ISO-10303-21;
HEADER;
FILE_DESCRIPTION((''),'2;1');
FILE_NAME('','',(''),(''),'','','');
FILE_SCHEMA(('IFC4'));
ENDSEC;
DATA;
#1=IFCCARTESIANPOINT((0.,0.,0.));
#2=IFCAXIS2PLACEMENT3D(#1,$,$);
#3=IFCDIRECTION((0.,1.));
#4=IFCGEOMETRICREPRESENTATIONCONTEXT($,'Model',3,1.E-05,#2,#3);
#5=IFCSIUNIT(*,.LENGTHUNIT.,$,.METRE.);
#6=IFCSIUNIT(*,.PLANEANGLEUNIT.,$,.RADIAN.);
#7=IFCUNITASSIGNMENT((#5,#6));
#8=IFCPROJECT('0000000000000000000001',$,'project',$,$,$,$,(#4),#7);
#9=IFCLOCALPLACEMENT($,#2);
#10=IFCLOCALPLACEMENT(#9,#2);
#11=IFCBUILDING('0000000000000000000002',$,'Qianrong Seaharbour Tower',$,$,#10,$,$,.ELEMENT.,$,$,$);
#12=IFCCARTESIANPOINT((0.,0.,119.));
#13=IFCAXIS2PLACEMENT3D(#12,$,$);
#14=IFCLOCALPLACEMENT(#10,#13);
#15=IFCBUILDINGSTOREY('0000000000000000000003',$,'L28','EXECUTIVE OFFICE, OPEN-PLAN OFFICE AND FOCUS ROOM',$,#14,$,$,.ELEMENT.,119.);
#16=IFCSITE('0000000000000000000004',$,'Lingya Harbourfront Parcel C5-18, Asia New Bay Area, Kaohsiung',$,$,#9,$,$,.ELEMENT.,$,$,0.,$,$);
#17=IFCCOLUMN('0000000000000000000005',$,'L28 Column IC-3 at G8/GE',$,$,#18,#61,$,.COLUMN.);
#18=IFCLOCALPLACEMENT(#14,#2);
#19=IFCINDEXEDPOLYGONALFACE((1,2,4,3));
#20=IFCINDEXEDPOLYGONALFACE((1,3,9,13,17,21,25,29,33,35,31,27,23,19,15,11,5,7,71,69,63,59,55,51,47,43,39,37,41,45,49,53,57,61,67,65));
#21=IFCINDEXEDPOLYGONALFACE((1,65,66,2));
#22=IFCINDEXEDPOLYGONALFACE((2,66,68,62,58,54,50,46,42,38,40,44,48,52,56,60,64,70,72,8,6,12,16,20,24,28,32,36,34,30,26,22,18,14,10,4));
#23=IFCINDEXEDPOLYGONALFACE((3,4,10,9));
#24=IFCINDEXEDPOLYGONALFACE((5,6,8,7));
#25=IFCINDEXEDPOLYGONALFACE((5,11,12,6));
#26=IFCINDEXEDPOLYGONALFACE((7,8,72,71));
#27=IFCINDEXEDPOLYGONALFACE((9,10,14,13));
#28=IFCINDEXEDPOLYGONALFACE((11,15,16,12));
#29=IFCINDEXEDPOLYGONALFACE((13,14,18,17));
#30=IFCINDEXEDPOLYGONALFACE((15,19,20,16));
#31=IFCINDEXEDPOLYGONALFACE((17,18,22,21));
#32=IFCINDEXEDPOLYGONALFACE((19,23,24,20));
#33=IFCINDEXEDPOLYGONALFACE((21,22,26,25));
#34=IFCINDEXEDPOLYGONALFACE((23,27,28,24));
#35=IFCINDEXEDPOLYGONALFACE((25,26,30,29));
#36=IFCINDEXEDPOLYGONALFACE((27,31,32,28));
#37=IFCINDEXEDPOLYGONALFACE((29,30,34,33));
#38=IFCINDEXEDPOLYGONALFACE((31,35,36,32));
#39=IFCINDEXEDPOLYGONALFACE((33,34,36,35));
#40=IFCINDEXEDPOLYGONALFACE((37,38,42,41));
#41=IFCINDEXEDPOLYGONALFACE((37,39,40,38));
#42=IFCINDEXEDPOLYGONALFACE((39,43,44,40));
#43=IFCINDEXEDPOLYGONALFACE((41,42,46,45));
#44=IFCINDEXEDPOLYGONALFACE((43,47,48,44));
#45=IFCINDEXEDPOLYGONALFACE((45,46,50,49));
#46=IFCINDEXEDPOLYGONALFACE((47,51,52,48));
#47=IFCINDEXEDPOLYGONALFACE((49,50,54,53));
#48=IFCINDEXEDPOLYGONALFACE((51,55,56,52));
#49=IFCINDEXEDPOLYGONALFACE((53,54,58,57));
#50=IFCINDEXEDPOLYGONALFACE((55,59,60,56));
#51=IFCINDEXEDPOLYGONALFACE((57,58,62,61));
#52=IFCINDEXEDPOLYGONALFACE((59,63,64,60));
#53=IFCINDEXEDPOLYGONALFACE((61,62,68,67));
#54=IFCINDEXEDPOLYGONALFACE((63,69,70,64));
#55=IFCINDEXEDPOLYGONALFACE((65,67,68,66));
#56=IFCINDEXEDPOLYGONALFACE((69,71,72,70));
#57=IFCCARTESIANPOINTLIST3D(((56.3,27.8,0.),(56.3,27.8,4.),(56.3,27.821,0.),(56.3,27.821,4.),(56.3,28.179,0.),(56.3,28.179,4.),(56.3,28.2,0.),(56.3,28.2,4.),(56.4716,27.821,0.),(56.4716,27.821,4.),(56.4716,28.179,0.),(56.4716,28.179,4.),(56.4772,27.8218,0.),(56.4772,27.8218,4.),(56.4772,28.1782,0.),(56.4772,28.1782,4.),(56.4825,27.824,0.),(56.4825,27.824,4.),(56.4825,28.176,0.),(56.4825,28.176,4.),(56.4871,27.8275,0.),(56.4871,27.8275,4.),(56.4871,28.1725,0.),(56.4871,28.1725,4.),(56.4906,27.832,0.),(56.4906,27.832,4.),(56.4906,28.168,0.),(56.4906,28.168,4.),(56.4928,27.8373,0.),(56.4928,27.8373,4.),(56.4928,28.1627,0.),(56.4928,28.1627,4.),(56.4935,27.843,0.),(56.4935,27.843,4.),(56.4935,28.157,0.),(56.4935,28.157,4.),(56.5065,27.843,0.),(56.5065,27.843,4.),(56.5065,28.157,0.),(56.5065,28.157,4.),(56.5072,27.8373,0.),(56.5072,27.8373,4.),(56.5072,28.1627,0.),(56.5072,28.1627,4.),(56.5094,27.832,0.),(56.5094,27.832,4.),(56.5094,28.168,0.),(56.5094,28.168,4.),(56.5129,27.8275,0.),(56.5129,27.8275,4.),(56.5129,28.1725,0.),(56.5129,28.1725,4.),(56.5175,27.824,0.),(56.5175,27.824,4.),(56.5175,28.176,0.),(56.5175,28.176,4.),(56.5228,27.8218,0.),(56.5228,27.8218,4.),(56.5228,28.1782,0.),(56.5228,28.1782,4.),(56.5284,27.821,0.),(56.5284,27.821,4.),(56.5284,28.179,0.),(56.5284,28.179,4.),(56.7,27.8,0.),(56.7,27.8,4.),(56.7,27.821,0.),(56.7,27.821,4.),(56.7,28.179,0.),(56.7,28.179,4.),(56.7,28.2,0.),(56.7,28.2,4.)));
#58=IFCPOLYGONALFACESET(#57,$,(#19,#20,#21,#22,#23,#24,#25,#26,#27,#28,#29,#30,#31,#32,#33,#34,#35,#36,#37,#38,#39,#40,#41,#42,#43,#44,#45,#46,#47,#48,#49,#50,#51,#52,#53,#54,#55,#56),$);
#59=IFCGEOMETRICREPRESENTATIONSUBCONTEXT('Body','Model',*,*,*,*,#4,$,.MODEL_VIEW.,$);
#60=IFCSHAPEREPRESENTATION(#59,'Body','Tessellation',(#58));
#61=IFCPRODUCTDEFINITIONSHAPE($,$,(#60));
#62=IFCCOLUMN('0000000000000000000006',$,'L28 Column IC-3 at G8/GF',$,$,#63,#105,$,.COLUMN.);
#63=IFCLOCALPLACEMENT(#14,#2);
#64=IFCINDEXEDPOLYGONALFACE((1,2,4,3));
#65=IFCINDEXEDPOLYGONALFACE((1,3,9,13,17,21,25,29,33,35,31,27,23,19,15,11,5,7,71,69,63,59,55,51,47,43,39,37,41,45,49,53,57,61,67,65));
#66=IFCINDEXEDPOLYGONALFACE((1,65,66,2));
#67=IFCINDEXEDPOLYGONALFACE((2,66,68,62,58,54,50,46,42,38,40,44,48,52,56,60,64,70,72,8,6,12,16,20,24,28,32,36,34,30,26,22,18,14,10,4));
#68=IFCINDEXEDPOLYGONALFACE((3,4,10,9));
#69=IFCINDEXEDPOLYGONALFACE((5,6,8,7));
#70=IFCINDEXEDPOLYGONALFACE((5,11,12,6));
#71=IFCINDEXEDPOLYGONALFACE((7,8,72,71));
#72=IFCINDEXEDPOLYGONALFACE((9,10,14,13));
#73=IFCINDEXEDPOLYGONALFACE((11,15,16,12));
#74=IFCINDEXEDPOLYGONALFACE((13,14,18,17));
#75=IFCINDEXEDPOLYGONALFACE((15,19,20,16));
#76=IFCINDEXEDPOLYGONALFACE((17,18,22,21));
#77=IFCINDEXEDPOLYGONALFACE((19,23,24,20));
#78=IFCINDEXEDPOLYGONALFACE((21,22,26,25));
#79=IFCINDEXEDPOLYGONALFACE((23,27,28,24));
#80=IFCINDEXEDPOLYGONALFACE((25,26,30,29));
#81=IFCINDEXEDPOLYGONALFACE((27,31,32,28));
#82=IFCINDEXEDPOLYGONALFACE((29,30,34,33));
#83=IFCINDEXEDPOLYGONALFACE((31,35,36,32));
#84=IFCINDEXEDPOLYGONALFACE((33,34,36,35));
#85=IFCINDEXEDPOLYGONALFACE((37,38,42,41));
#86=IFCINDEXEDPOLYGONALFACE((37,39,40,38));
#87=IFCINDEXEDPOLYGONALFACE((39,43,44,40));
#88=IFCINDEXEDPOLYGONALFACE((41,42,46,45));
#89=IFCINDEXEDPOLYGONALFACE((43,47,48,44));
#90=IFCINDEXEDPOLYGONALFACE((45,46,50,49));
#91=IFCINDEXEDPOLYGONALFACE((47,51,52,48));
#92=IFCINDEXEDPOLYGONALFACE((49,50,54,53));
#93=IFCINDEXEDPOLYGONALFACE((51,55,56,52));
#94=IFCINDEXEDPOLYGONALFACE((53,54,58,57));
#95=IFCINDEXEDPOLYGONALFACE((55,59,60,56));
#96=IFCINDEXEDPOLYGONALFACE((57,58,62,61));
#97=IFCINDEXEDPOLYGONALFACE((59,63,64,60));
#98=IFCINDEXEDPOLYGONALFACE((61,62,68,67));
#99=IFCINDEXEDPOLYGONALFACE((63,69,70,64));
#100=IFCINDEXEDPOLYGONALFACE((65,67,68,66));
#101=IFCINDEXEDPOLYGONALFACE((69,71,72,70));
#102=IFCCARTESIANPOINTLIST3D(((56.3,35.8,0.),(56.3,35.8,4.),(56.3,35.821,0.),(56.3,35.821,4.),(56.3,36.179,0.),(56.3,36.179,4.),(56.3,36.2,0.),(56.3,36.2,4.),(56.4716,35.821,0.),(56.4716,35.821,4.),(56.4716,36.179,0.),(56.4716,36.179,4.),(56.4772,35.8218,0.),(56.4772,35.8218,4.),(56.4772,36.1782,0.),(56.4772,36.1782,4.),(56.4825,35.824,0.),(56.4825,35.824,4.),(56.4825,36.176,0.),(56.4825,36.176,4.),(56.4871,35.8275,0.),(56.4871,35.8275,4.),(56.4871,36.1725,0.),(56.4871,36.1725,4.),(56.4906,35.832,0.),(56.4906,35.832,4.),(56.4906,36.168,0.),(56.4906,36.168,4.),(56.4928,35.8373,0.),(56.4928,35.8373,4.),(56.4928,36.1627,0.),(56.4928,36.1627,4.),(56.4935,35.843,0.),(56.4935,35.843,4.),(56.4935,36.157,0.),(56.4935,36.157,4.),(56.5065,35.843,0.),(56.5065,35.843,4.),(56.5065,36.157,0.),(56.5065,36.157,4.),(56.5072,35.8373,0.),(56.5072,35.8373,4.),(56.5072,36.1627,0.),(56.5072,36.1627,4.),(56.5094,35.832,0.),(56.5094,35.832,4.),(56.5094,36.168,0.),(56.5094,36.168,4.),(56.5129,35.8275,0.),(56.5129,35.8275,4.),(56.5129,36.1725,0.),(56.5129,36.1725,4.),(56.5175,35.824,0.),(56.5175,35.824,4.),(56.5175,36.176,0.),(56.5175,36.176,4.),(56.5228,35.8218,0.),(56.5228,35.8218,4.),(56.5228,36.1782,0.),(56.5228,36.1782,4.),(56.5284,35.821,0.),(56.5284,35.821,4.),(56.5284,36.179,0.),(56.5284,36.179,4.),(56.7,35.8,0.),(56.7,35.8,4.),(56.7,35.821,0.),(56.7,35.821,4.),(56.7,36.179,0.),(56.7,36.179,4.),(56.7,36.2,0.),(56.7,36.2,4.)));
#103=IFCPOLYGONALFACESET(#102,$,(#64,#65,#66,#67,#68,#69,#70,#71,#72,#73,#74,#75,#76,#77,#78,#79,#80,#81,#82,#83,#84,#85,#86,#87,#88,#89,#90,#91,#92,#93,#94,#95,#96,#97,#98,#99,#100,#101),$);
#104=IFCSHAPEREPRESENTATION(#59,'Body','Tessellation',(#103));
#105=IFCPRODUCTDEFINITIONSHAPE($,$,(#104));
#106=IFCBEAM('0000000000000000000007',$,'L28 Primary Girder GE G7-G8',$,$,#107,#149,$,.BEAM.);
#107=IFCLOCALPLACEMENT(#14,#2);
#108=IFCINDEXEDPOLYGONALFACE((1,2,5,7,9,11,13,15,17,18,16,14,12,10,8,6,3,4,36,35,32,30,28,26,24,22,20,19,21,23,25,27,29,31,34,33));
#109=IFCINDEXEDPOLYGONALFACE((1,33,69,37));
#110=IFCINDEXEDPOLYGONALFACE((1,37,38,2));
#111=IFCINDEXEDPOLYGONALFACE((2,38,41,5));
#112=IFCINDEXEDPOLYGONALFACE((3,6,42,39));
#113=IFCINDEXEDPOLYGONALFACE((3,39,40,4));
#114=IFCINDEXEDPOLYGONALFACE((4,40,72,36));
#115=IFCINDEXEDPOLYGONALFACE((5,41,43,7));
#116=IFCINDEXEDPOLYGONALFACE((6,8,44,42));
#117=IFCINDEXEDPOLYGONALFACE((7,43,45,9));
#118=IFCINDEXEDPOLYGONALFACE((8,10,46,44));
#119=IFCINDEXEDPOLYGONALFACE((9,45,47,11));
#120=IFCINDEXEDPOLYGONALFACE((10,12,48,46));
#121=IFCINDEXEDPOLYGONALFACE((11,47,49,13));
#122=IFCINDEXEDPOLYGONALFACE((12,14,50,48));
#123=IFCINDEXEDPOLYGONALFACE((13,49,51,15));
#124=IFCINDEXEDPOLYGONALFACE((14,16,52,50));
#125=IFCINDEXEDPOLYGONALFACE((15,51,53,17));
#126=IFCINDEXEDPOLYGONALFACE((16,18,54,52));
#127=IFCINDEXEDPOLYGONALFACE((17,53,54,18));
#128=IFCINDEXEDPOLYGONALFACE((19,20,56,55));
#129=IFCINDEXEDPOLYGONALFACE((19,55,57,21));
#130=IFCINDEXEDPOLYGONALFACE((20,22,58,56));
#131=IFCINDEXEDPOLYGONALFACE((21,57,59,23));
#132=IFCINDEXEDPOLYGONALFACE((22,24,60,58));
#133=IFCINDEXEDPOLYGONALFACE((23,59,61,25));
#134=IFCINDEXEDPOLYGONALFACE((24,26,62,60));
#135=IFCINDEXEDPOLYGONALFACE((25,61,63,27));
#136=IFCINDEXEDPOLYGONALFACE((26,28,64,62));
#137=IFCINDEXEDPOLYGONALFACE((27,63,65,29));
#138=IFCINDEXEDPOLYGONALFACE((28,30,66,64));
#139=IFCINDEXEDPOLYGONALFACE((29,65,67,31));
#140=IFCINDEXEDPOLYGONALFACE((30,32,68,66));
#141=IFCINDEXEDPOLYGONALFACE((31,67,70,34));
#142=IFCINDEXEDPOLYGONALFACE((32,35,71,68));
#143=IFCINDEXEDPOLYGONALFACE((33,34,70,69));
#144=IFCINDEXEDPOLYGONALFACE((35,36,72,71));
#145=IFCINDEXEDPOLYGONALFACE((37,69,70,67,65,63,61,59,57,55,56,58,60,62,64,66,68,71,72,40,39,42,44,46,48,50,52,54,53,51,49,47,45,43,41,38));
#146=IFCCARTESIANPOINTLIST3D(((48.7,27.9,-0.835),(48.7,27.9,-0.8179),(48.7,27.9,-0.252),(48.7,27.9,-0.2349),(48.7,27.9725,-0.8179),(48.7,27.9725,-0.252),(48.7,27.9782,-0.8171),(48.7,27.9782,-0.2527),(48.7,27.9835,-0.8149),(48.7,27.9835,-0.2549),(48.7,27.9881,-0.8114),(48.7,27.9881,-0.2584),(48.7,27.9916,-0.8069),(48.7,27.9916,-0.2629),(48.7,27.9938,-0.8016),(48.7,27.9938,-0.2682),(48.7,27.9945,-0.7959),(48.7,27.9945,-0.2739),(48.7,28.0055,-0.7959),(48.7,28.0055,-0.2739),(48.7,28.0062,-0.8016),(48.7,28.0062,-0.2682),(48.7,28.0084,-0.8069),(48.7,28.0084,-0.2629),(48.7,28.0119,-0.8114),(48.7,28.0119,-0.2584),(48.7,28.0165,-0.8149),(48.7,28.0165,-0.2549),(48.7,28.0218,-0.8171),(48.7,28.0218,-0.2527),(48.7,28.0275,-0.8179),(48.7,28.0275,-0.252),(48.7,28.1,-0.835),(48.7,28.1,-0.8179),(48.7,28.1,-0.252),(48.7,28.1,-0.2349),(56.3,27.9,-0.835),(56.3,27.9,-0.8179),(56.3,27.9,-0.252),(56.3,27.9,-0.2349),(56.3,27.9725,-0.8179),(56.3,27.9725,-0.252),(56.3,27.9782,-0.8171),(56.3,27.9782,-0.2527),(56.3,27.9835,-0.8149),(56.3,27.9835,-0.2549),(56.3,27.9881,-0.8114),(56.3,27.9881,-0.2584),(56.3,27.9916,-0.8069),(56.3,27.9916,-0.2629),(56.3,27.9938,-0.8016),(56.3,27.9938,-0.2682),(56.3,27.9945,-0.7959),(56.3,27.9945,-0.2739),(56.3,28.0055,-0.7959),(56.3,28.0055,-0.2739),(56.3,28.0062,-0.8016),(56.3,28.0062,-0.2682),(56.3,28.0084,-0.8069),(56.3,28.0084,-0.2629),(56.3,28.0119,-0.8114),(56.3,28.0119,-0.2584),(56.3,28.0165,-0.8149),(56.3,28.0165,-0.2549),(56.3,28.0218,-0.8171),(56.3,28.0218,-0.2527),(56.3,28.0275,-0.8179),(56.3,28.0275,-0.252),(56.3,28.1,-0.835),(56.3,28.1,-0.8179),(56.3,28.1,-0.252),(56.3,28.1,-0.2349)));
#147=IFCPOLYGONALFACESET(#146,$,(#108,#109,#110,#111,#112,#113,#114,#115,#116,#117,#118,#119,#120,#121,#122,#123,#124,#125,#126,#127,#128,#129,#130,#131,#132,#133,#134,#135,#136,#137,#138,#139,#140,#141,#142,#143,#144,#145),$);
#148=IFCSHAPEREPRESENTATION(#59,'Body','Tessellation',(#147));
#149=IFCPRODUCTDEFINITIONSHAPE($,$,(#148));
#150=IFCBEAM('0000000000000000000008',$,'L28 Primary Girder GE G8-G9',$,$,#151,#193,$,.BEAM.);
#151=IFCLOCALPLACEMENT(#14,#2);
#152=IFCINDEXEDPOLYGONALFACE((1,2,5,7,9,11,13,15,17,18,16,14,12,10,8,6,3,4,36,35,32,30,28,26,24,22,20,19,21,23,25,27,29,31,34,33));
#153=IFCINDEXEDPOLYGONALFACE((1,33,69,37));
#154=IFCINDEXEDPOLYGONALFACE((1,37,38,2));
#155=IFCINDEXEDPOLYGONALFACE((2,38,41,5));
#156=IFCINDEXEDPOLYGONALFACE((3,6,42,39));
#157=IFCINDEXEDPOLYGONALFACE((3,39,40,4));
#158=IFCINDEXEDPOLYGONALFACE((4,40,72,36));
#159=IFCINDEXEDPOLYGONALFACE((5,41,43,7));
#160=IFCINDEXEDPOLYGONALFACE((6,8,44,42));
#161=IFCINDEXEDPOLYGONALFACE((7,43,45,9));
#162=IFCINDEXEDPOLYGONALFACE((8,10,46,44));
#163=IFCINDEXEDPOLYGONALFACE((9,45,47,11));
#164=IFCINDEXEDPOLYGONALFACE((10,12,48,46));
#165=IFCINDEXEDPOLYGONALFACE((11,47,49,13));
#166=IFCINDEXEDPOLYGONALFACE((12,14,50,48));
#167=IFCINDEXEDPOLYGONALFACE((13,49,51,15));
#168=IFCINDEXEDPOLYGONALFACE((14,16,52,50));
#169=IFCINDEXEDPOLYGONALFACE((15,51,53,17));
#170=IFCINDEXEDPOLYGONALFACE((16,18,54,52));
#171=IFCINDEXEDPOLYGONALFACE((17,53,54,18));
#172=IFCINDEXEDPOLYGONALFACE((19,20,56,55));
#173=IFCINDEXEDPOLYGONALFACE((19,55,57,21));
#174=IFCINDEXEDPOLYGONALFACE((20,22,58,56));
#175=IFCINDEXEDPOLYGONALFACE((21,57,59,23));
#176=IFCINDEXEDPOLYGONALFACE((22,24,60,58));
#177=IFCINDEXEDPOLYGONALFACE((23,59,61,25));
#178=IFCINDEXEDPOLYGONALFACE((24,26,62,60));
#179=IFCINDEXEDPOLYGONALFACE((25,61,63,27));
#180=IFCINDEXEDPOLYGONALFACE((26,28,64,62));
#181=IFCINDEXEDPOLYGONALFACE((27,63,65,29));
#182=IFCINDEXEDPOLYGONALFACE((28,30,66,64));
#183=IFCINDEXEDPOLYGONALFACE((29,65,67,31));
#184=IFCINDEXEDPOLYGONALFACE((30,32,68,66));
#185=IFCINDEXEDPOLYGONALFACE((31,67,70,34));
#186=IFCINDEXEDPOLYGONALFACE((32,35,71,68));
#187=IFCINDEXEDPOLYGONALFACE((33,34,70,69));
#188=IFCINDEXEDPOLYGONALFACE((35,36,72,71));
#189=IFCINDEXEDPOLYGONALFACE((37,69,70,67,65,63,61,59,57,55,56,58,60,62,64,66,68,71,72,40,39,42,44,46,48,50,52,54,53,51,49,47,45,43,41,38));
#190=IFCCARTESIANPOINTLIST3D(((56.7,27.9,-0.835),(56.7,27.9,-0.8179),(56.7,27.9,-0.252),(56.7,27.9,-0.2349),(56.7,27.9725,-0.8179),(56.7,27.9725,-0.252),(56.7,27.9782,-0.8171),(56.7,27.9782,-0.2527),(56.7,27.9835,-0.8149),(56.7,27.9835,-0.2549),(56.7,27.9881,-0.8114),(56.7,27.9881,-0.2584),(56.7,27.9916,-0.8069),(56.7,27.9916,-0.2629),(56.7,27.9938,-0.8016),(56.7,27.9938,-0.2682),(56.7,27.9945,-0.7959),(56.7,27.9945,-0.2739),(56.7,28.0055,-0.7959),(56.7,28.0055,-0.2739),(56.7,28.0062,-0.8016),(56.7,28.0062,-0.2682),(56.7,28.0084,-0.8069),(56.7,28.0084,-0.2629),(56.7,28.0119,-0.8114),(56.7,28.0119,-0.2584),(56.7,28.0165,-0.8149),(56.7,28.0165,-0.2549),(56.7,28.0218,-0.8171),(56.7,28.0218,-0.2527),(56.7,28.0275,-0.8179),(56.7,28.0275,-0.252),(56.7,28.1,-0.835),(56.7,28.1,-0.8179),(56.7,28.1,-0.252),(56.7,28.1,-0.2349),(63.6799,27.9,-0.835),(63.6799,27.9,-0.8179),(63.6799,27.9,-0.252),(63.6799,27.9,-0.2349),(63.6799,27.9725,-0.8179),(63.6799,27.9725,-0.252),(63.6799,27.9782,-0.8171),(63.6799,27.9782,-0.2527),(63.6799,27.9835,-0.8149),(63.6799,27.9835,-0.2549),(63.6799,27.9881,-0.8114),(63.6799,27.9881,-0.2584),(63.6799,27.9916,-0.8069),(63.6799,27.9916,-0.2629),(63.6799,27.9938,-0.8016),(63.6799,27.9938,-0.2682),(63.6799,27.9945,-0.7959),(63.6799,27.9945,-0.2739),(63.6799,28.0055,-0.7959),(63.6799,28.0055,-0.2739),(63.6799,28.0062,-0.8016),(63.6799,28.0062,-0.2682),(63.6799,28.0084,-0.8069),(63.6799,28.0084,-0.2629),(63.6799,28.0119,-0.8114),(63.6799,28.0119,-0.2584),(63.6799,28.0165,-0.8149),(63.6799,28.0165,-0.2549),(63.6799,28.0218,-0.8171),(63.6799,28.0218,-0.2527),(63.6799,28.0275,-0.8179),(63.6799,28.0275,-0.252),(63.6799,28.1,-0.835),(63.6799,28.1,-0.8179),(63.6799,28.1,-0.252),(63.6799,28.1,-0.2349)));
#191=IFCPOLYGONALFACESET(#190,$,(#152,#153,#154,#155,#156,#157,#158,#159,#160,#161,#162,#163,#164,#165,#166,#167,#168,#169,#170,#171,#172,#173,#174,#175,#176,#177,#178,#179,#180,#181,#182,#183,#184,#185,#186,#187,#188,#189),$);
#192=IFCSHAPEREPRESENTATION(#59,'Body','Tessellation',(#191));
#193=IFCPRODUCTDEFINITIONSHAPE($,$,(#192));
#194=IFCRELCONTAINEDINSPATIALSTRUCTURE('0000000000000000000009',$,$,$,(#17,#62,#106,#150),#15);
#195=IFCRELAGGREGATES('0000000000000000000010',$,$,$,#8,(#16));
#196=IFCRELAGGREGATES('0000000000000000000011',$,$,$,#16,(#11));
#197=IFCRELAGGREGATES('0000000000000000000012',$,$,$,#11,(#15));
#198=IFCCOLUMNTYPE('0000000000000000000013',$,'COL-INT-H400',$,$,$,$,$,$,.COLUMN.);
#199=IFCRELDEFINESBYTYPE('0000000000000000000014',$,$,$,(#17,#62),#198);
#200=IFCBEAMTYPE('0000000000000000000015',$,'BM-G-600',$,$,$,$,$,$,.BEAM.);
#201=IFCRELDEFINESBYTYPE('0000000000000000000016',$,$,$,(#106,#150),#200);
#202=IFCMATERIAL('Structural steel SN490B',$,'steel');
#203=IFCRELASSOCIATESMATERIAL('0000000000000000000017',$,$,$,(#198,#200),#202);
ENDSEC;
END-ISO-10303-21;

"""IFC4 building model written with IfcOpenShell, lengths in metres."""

from ifc_helpers import new_model, si_unit, direction, frame, origin, origin_2d, place, context, subcontext, project, spatial, i_section, extrude, material, material_profile, profile_set, type_object, element, save


model = new_model("IFC4")

# Units and contexts
model_context = context("Model", 3, precision=1e-05, world=origin(), true_north=direction((0.0, 1.0)))
body_context = subcontext(model_context, "Body", "Model", "MODEL_VIEW")
ifc_project = project(units=[si_unit("LENGTHUNIT", "METRE"), si_unit("PLANEANGLEUNIT", "RADIAN")], contexts=[model_context])

# Site, building, storey
site_placement = place(None, origin())
site = spatial("IfcSite", under=ifc_project, at=site_placement, Name="Lingya Harbourfront Parcel C5-18, Asia New Bay Area, Kaohsiung", CompositionType="ELEMENT", RefElevation=0.0)
building_placement = place(site_placement, origin())
building = spatial("IfcBuilding", under=site, at=building_placement, Name="Qianrong Seaharbour Tower", CompositionType="ELEMENT")
storey_placement = place(building_placement, frame((0.0, 0.0, 119.0)))
storey = spatial("IfcBuildingStorey", under=building, at=storey_placement, Name="L28", Description="EXECUTIVE OFFICE, OPEN-PLAN OFFICE AND FOCUS ROOM", CompositionType="ELEMENT", Elevation=119.0)

# Columns
ifc_material_1 = material(Name="Structural steel SN490B", Category="steel")
ifc_material_profile_1 = material_profile(ifc_material_1, i_section(OverallWidth=0.3999, OverallDepth=0.3999, WebThickness=0.0129, FlangeThickness=0.021, FilletRadius=0.022, at=origin_2d()), Name="H400x400x13x21")
ifc_profile_set_1 = profile_set([ifc_material_profile_1], Name="Structural steel SN490B")
column_type = type_object("IfcColumnType", Name="COL-INT-H400", PredefinedType="COLUMN", material=ifc_profile_set_1)
for number, where, z_axis, x_axis, name in (
    (1, (56.5, 28.0, 0.0), (0.0, 0.0, 1.0), (1.0, 0.0, 0.0), "L28 Column IC-3 at G8/GE"),
    (2, (56.5, 36.0, 0.0), (0.0, 0.0, 1.0), (1.0, 0.0, 0.0), "L28 Column IC-3 at G8/GF"),
):
    element("IfcColumn", number, at=place(storey_placement, frame(where, z_axis=z_axis, x_axis=x_axis)), inside=storey, type_object=column_type, Name=name, PredefinedType="COLUMN", context=body_context, shape_type="SweptSolid", body=[
        extrude(i_section(OverallWidth=0.3999, OverallDepth=0.3999, WebThickness=0.0129, FlangeThickness=0.021, FilletRadius=0.022, at=origin_2d()), origin(), (0.0, 0.0, 1.0), 4.0),
    ])

# Beams
ifc_material_profile_2 = material_profile(ifc_material_1, i_section(OverallWidth=0.2, OverallDepth=0.6001, WebThickness=0.011, FlangeThickness=0.0171, FilletRadius=0.022, at=origin_2d()), Name="H600x200x11x17")
ifc_profile_set_2 = profile_set([ifc_material_profile_2], Name="Structural steel SN490B")
beam_type_1 = type_object("IfcBeamType", Name="BM-G-600", PredefinedType="BEAM", material=ifc_profile_set_2)
beam_1_placement = place(storey_placement, frame((48.7, 28.0, -0.5349), z_axis=(1.0, 0.0, 0.0), x_axis=(0.0, 1.0, 0.0)))
element("IfcBeam", 3, at=beam_1_placement, inside=storey, type_object=beam_type_1, Name="L28 Primary Girder GE G7-G8", PredefinedType="BEAM", context=body_context, shape_type="SweptSolid", body=[
    extrude(i_section(OverallWidth=0.2, OverallDepth=0.6001, WebThickness=0.011, FlangeThickness=0.0171, FilletRadius=0.022, at=origin_2d()), origin(), (0.0, 0.0, 1.0), 7.6001),
])
beam_2_placement = place(storey_placement, frame((56.7, 28.0, -0.5349), z_axis=(1.0, 0.0, 0.0), x_axis=(0.0, 1.0, 0.0)))
element("IfcBeam", 4, at=beam_2_placement, inside=storey, type_object=beam_type_1, Name="L28 Primary Girder GE G8-G9", PredefinedType="BEAM", context=body_context, shape_type="SweptSolid", body=[
    extrude(i_section(OverallWidth=0.2, OverallDepth=0.6001, WebThickness=0.011, FlangeThickness=0.0171, FilletRadius=0.022, at=origin_2d()), origin(), (0.0, 0.0, 1.0), 6.98),
])

save(model, "model.ifc")
